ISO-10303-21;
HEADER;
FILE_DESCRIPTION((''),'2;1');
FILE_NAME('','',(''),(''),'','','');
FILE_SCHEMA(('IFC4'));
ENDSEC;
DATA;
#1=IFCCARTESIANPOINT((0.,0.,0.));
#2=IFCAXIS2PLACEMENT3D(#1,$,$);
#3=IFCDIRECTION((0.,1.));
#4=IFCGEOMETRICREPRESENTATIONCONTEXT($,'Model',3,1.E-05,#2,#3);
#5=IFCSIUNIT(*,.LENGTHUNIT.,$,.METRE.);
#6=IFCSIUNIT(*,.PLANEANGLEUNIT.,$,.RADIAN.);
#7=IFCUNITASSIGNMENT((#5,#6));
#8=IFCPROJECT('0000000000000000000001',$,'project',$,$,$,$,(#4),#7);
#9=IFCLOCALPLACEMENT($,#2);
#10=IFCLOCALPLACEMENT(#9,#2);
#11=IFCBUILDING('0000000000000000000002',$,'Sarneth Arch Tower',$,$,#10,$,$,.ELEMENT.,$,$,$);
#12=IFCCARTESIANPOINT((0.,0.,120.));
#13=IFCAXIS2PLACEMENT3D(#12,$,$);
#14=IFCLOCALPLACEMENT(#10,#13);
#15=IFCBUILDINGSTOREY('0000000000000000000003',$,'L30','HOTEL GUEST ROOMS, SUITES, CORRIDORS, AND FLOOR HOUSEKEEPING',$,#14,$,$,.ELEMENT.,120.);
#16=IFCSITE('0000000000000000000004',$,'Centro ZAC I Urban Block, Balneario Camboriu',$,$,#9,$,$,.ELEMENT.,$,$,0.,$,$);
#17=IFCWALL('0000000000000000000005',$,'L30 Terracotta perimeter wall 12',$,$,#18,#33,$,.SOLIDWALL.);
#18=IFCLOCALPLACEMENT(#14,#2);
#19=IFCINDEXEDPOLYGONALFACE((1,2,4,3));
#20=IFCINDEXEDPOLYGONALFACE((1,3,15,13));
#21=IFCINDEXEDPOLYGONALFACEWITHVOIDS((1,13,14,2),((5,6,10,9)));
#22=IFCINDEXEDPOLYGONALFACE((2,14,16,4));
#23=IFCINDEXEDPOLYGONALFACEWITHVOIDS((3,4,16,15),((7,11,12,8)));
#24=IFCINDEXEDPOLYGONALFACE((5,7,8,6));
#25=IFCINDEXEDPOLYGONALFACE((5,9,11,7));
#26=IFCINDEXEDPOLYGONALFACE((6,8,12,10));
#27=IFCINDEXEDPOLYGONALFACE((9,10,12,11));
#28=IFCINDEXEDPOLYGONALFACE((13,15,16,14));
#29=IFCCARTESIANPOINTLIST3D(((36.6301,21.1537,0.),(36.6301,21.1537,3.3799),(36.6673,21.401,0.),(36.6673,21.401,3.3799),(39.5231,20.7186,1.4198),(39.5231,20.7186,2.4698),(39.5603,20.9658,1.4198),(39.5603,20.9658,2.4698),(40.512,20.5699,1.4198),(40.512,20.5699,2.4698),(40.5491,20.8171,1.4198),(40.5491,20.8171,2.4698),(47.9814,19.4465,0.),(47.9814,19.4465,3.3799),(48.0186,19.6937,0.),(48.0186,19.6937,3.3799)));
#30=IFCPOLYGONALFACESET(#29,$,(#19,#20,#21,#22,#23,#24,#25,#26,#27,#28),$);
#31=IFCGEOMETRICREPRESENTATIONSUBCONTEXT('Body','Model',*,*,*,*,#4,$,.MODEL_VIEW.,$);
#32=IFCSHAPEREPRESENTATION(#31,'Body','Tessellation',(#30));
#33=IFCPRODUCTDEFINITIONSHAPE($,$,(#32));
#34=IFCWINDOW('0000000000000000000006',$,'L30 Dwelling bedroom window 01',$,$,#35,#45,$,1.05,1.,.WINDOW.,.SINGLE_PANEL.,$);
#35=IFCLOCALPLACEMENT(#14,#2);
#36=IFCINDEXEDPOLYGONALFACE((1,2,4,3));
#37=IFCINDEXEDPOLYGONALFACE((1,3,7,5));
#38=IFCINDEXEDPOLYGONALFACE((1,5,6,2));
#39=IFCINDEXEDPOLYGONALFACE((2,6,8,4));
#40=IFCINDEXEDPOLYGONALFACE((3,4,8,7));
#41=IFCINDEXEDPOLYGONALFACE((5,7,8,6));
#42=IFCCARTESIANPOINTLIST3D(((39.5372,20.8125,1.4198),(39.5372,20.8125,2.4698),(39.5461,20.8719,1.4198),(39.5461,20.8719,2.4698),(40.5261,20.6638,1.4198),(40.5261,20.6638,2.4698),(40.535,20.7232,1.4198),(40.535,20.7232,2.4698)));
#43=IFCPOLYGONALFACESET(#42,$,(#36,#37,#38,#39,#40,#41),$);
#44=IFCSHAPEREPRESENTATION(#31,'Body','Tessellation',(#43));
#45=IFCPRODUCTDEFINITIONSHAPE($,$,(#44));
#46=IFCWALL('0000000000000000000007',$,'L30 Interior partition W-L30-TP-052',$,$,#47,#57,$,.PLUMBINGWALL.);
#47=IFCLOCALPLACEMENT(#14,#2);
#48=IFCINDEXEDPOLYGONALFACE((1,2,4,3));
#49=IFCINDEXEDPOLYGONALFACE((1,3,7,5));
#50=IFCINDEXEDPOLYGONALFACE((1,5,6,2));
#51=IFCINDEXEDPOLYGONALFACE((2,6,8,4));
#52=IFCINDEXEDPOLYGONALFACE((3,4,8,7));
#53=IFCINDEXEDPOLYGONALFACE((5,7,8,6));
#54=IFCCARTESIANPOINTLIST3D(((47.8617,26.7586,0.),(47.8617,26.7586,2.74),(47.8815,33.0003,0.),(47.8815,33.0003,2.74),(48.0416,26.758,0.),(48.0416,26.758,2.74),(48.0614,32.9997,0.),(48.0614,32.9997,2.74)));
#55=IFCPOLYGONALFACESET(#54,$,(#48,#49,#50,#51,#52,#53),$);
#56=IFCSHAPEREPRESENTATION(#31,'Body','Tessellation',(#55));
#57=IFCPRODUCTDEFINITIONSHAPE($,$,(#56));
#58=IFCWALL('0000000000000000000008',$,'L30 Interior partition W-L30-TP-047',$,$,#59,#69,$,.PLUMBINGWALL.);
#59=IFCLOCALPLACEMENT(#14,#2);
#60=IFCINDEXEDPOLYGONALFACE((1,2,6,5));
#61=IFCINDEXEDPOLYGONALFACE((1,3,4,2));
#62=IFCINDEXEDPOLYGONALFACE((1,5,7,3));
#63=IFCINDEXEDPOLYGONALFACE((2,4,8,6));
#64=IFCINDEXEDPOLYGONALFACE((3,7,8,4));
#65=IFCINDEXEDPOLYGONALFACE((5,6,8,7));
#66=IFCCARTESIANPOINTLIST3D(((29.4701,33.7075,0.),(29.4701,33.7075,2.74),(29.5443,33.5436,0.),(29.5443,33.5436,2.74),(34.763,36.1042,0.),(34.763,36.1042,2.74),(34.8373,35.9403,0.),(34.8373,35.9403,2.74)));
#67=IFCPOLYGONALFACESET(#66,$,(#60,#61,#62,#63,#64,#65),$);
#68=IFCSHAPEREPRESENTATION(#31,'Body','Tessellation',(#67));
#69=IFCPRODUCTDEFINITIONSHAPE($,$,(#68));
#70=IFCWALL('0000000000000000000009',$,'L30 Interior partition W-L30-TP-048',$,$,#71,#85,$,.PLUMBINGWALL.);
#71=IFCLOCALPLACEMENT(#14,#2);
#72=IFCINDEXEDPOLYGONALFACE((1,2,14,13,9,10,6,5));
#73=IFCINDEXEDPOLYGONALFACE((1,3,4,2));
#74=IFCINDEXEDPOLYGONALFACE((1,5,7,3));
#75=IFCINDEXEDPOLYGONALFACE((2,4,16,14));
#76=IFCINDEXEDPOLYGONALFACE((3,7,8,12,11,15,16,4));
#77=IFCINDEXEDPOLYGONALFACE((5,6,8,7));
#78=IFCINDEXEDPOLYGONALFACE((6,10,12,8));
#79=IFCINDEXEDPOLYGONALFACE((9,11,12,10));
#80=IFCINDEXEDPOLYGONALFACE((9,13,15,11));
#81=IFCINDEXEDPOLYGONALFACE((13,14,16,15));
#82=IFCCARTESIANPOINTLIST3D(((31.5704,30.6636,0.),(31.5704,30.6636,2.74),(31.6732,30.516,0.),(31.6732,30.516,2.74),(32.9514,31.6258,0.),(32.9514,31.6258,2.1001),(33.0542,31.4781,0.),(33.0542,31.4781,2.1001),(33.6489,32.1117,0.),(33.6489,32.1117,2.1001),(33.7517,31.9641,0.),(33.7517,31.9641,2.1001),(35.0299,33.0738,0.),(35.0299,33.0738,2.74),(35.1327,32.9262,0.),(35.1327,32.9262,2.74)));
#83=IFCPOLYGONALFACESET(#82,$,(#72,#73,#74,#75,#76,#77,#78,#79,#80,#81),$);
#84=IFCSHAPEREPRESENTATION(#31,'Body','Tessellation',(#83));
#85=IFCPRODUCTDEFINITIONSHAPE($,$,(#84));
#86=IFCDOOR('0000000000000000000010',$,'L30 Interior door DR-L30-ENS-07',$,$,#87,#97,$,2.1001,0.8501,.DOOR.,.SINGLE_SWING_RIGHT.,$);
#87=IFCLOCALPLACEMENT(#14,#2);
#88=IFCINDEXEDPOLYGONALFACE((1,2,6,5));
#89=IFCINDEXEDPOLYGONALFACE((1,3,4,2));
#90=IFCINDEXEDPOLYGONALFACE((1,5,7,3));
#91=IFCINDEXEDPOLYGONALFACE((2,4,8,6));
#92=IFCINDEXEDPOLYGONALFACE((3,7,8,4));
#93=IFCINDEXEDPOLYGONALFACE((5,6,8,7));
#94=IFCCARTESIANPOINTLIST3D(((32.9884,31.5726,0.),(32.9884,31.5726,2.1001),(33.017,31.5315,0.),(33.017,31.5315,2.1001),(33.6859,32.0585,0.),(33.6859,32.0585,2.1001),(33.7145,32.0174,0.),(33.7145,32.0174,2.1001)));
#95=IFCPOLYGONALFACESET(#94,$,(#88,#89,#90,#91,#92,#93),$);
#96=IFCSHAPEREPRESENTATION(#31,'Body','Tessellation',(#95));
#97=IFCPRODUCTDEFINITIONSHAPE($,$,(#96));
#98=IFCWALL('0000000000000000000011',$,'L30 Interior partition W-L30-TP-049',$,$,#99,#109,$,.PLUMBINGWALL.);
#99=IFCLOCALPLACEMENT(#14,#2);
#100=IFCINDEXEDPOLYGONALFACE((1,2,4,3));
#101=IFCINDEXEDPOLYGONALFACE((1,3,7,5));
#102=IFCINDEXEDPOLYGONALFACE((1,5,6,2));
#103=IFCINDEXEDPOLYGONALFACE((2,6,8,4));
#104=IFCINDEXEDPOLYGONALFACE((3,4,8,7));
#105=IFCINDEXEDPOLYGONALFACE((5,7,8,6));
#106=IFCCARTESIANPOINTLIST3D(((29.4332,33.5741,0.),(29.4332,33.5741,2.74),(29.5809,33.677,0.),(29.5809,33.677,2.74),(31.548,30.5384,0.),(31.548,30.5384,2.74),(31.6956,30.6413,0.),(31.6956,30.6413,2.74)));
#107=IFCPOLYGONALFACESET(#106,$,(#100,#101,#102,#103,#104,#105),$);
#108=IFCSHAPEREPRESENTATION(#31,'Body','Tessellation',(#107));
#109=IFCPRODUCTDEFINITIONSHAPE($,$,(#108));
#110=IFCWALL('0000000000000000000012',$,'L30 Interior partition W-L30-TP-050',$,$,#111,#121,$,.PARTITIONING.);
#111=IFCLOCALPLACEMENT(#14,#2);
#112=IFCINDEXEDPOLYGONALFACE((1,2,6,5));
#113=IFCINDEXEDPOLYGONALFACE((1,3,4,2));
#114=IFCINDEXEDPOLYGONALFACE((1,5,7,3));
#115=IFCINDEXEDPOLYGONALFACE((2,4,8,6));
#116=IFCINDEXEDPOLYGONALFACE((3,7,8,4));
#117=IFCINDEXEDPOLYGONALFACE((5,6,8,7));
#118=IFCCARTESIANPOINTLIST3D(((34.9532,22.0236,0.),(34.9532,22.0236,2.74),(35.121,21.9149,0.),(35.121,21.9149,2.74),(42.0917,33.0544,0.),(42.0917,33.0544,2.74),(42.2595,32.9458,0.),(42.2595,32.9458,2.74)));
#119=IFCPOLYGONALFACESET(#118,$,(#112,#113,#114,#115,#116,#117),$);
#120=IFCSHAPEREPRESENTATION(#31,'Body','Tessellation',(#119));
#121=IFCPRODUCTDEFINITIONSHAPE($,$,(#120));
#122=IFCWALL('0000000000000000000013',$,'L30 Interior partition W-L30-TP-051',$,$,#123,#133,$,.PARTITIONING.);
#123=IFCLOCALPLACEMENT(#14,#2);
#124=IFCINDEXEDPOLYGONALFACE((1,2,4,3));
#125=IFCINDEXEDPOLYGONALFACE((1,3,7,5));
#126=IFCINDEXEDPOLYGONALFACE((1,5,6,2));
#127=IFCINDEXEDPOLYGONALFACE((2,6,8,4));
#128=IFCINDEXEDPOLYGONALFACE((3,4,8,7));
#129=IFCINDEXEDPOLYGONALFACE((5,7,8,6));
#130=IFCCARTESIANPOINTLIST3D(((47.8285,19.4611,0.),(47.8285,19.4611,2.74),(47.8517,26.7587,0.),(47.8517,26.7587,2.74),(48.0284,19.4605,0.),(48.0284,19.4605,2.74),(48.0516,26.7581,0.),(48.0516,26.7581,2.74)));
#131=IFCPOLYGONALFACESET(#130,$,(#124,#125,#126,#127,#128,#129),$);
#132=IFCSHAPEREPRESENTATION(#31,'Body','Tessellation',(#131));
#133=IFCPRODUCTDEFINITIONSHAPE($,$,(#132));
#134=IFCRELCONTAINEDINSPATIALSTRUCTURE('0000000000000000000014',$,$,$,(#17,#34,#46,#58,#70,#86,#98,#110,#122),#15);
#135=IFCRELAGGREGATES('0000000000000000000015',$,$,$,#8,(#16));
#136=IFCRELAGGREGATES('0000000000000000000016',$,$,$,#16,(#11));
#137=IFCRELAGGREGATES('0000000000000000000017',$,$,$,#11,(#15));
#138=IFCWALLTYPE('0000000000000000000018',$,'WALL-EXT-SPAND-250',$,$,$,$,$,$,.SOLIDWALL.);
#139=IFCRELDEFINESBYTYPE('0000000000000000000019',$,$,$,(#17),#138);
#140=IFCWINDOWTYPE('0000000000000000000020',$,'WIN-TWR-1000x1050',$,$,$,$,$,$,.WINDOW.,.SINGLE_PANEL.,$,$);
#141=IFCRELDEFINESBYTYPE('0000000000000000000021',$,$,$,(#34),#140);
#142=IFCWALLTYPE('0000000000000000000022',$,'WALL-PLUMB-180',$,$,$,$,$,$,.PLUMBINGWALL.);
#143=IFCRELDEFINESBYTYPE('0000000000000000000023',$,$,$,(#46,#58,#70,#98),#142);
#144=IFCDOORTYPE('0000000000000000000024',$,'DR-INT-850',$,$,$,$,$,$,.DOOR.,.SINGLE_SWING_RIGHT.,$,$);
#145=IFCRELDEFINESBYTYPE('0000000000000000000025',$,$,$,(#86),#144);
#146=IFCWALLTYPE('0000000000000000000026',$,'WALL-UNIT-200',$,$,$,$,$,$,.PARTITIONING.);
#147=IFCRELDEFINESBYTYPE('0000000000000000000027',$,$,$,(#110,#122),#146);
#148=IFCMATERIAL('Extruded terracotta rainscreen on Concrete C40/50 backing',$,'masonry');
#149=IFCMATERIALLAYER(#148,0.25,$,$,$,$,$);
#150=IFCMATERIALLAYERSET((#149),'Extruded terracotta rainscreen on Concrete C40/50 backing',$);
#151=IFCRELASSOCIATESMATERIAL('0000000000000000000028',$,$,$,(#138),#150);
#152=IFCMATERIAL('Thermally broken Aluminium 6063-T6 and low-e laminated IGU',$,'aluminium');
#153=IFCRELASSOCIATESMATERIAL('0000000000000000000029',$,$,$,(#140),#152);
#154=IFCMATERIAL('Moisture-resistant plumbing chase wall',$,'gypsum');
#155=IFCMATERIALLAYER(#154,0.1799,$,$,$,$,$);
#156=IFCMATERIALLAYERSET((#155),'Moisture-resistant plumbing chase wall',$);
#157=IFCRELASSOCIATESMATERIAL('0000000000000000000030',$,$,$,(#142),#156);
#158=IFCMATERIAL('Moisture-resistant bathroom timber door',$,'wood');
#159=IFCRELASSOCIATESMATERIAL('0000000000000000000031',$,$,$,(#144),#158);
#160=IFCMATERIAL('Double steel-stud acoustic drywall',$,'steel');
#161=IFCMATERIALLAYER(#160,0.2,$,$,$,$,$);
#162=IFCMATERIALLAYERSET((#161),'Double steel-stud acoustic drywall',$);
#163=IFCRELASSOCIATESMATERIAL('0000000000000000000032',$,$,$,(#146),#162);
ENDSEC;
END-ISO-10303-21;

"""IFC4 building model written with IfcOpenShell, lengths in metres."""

from ifc_helpers import new_model, si_unit, direction, frame, frame_2d, origin, place, context, subcontext, project, spatial, rectangle, extrude, material, layer, layer_set, type_object, element, fill, save


model = new_model("IFC4")

# Units and contexts
model_context = context("Model", 3, precision=1e-05, world=origin(), true_north=direction((0.0, 1.0)))
body_context = subcontext(model_context, "Body", "Model", "MODEL_VIEW")
ifc_project = project(units=[si_unit("LENGTHUNIT", "METRE"), si_unit("PLANEANGLEUNIT", "RADIAN")], contexts=[model_context])

# Site, building, storey
site_placement = place(None, origin())
site = spatial("IfcSite", under=ifc_project, at=site_placement, Name="Centro ZAC I Urban Block, Balneario Camboriu", CompositionType="ELEMENT", RefElevation=0.0)
building_placement = place(site_placement, origin())
building = spatial("IfcBuilding", under=site, at=building_placement, Name="Sarneth Arch Tower", CompositionType="ELEMENT")
storey_placement = place(building_placement, frame((0.0, 0.0, 120.0)))
storey = spatial("IfcBuildingStorey", under=building, at=storey_placement, Name="L30", Description="HOTEL GUEST ROOMS, SUITES, CORRIDORS, AND FLOOR HOUSEKEEPING", CompositionType="ELEMENT", Elevation=120.0)

# Wall, opening, window
ifc_material_1 = material(Name="Extruded terracotta rainscreen on Concrete C40/50 backing", Category="masonry")
ifc_layer_1 = layer(ifc_material_1, 0.25)
ifc_layer_set_1 = layer_set([ifc_layer_1], Name="Extruded terracotta rainscreen on Concrete C40/50 backing")
wall_type_1 = type_object("IfcWallType", Name="WALL-EXT-SPAND-250", PredefinedType="SOLIDWALL", material=ifc_layer_set_1)
wall_1_placement = place(storey_placement, frame((36.6487, 21.2773, 0.0), z_axis=(0.0, 0.0, 1.0), x_axis=(0.988878, -0.14873, 0.0)))
wall_1 = element("IfcWall", 1, at=wall_1_placement, inside=storey, type_object=wall_type_1, Name="L30 Terracotta perimeter wall 12", PredefinedType="SOLIDWALL", context=body_context, shape_type="SweptSolid", body=[
    extrude(rectangle(XDim=11.479, YDim=0.25, at=frame_2d((5.7395, 0.0))), origin(), (0.0, 0.0, 1.0), 3.3799),
])
opening_1_placement = place(wall_1_placement, frame((2.9255, 0.0, 1.4199)))
opening_1 = element("IfcOpeningElement", 2, at=opening_1_placement, cuts=wall_1, PredefinedType="OPENING", context=body_context, shape_type="SweptSolid", body=[
    extrude(rectangle(XDim=1.0, YDim=1.05, at=frame_2d((0.5, 0.5249))), frame((0.0, 0.135, 0.0), z_axis=(0.0, -1.0, 0.0), x_axis=(1.0, 0.0, 0.0)), (0.0, 0.0, 1.0), 0.27),
])
ifc_material_2 = material(Name="Thermally broken Aluminium 6063-T6 and low-e laminated IGU", Category="aluminium")
window_type = type_object("IfcWindowType", Name="WIN-TWR-1000x1050", PartitioningType="SINGLE_PANEL", PredefinedType="WINDOW", material=ifc_material_2)
window_placement = place(opening_1_placement, origin())
window = element("IfcWindow", 3, at=window_placement, inside=storey, type_object=window_type, Name="L30 Dwelling bedroom window 01", OverallHeight=1.05, OverallWidth=1.0, PartitioningType="SINGLE_PANEL", PredefinedType="WINDOW", context=body_context, shape_type="SweptSolid", body=[
    extrude(rectangle(XDim=1.0, YDim=1.05, at=frame_2d((0.5, 0.5249))), frame((0.0, 0.03, 0.0), z_axis=(0.0, -1.0, 0.0), x_axis=(1.0, 0.0, 0.0)), (0.0, 0.0, 1.0), 0.0601),
])
fill(opening_1, window)

# Walls
ifc_material_3 = material(Name="Moisture-resistant plumbing chase wall", Category="gypsum")
ifc_layer_2 = layer(ifc_material_3, 0.1799)
ifc_layer_set_2 = layer_set([ifc_layer_2], Name="Moisture-resistant plumbing chase wall")
wall_type_2 = type_object("IfcWallType", Name="WALL-PLUMB-180", PredefinedType="PLUMBINGWALL", material=ifc_layer_set_2)
wall_2_placement = place(storey_placement, frame((47.9517, 26.7583, 0.0), z_axis=(0.0, 0.0, 1.0), x_axis=(0.003168, 0.999995, 0.0)))
element("IfcWall", 4, at=wall_2_placement, inside=storey, type_object=wall_type_2, Name="L30 Interior partition W-L30-TP-052", PredefinedType="PLUMBINGWALL", context=body_context, shape_type="SweptSolid", body=[
    extrude(rectangle(XDim=6.2417, YDim=0.1799, at=frame_2d((3.1208, 0.0))), origin(), (0.0, 0.0, 1.0), 2.74),
])
wall_3_placement = place(storey_placement, frame((29.5071, 33.6255, 0.0), z_axis=(0.0, 0.0, 1.0), x_axis=(0.91096, 0.412495, 0.0)))
element("IfcWall", 5, at=wall_3_placement, inside=storey, type_object=wall_type_2, Name="L30 Interior partition W-L30-TP-047", PredefinedType="PLUMBINGWALL", context=body_context, shape_type="SweptSolid", body=[
    extrude(rectangle(XDim=5.8103, YDim=0.1799, at=frame_2d((2.9053, 0.0))), origin(), (0.0, 0.0, 1.0), 2.74),
])

# Wall, opening, door
wall_4_placement = place(storey_placement, frame((35.0813, 33.0, 0.0), z_axis=(0.0, 0.0, 1.0), x_axis=(-0.820508, -0.571634, 0.0)))
wall_4 = element("IfcWall", 6, at=wall_4_placement, inside=storey, type_object=wall_type_2, Name="L30 Interior partition W-L30-TP-048", PredefinedType="PLUMBINGWALL", context=body_context, shape_type="SweptSolid", body=[
    extrude(rectangle(XDim=4.2163, YDim=0.1799, at=frame_2d((2.1082, 0.0))), origin(), (0.0, 0.0, 1.0), 2.74),
])
opening_2_placement = place(wall_4_placement, frame((1.6831, 0.0, 0.0)))
opening_2 = element("IfcOpeningElement", 7, at=opening_2_placement, cuts=wall_4, PredefinedType="OPENING", context=body_context, shape_type="SweptSolid", body=[
    extrude(rectangle(XDim=0.8501, YDim=2.1001, at=frame_2d((0.425, 1.05))), frame((0.0, 0.0999, 0.0), z_axis=(0.0, -1.0, 0.0), x_axis=(1.0, 0.0, 0.0)), (0.0, 0.0, 1.0), 0.2),
])
ifc_material_4 = material(Name="Moisture-resistant bathroom timber door", Category="wood")
door_type_1 = type_object("IfcDoorType", Name="DR-INT-850", OperationType="SINGLE_SWING_RIGHT", PredefinedType="DOOR", material=ifc_material_4)
door_1_placement = place(opening_2_placement, origin())
door_1 = element("IfcDoor", 8, at=door_1_placement, inside=storey, type_object=door_type_1, Name="L30 Interior door DR-L30-ENS-07", OperationType="SINGLE_SWING_RIGHT", OverallHeight=2.1001, OverallWidth=0.8501, PredefinedType="DOOR", context=body_context, shape_type="SweptSolid", body=[
    extrude(rectangle(XDim=0.8501, YDim=2.1001, at=frame_2d((0.425, 1.05))), frame((0.0, 0.0249, 0.0), z_axis=(0.0, -1.0, 0.0), x_axis=(1.0, 0.0, 0.0)), (0.0, 0.0, 1.0), 0.05),
])
fill(opening_2, door_1)

# Walls
wall_5_placement = place(storey_placement, frame((31.6218, 30.5898, 0.0), z_axis=(0.0, 0.0, 1.0), x_axis=(-0.57161, 0.820526, 0.0)))
element("IfcWall", 9, at=wall_5_placement, inside=storey, type_object=wall_type_2, Name="L30 Interior partition W-L30-TP-049", PredefinedType="PLUMBINGWALL", context=body_context, shape_type="SweptSolid", body=[
    extrude(rectangle(XDim=3.6997, YDim=0.1799, at=frame_2d((1.8499, 0.0))), origin(), (0.0, 0.0, 1.0), 2.74),
])
ifc_material_5 = material(Name="Double steel-stud acoustic drywall", Category="steel")
ifc_layer_3 = layer(ifc_material_5, 0.2)
ifc_layer_set_3 = layer_set([ifc_layer_3], Name="Double steel-stud acoustic drywall")
wall_type_3 = type_object("IfcWallType", Name="WALL-UNIT-200", PredefinedType="PARTITIONING", material=ifc_layer_set_3)
wall_6_placement = place(storey_placement, frame((35.0371, 21.9692, 0.0), z_axis=(0.0, 0.0, 1.0), x_axis=(0.543298, 0.83954, 0.0)))
element("IfcWall", 10, at=wall_6_placement, inside=storey, type_object=wall_type_3, Name="L30 Interior partition W-L30-TP-050", PredefinedType="PARTITIONING", context=body_context, shape_type="SweptSolid", body=[
    extrude(rectangle(XDim=13.1392, YDim=0.2, at=frame_2d((6.5696, 0.0))), origin(), (0.0, 0.0, 1.0), 2.74),
])
wall_7_placement = place(storey_placement, frame((47.9285, 19.4607, 0.0), z_axis=(0.0, 0.0, 1.0), x_axis=(0.003178, 0.999995, 0.0)))
element("IfcWall", 11, at=wall_7_placement, inside=storey, type_object=wall_type_3, Name="L30 Interior partition W-L30-TP-051", PredefinedType="PARTITIONING", context=body_context, shape_type="SweptSolid", body=[
    extrude(rectangle(XDim=7.2976, YDim=0.2, at=frame_2d((3.6489, 0.0))), origin(), (0.0, 0.0, 1.0), 2.74),
])

save(model, "model.ifc")
